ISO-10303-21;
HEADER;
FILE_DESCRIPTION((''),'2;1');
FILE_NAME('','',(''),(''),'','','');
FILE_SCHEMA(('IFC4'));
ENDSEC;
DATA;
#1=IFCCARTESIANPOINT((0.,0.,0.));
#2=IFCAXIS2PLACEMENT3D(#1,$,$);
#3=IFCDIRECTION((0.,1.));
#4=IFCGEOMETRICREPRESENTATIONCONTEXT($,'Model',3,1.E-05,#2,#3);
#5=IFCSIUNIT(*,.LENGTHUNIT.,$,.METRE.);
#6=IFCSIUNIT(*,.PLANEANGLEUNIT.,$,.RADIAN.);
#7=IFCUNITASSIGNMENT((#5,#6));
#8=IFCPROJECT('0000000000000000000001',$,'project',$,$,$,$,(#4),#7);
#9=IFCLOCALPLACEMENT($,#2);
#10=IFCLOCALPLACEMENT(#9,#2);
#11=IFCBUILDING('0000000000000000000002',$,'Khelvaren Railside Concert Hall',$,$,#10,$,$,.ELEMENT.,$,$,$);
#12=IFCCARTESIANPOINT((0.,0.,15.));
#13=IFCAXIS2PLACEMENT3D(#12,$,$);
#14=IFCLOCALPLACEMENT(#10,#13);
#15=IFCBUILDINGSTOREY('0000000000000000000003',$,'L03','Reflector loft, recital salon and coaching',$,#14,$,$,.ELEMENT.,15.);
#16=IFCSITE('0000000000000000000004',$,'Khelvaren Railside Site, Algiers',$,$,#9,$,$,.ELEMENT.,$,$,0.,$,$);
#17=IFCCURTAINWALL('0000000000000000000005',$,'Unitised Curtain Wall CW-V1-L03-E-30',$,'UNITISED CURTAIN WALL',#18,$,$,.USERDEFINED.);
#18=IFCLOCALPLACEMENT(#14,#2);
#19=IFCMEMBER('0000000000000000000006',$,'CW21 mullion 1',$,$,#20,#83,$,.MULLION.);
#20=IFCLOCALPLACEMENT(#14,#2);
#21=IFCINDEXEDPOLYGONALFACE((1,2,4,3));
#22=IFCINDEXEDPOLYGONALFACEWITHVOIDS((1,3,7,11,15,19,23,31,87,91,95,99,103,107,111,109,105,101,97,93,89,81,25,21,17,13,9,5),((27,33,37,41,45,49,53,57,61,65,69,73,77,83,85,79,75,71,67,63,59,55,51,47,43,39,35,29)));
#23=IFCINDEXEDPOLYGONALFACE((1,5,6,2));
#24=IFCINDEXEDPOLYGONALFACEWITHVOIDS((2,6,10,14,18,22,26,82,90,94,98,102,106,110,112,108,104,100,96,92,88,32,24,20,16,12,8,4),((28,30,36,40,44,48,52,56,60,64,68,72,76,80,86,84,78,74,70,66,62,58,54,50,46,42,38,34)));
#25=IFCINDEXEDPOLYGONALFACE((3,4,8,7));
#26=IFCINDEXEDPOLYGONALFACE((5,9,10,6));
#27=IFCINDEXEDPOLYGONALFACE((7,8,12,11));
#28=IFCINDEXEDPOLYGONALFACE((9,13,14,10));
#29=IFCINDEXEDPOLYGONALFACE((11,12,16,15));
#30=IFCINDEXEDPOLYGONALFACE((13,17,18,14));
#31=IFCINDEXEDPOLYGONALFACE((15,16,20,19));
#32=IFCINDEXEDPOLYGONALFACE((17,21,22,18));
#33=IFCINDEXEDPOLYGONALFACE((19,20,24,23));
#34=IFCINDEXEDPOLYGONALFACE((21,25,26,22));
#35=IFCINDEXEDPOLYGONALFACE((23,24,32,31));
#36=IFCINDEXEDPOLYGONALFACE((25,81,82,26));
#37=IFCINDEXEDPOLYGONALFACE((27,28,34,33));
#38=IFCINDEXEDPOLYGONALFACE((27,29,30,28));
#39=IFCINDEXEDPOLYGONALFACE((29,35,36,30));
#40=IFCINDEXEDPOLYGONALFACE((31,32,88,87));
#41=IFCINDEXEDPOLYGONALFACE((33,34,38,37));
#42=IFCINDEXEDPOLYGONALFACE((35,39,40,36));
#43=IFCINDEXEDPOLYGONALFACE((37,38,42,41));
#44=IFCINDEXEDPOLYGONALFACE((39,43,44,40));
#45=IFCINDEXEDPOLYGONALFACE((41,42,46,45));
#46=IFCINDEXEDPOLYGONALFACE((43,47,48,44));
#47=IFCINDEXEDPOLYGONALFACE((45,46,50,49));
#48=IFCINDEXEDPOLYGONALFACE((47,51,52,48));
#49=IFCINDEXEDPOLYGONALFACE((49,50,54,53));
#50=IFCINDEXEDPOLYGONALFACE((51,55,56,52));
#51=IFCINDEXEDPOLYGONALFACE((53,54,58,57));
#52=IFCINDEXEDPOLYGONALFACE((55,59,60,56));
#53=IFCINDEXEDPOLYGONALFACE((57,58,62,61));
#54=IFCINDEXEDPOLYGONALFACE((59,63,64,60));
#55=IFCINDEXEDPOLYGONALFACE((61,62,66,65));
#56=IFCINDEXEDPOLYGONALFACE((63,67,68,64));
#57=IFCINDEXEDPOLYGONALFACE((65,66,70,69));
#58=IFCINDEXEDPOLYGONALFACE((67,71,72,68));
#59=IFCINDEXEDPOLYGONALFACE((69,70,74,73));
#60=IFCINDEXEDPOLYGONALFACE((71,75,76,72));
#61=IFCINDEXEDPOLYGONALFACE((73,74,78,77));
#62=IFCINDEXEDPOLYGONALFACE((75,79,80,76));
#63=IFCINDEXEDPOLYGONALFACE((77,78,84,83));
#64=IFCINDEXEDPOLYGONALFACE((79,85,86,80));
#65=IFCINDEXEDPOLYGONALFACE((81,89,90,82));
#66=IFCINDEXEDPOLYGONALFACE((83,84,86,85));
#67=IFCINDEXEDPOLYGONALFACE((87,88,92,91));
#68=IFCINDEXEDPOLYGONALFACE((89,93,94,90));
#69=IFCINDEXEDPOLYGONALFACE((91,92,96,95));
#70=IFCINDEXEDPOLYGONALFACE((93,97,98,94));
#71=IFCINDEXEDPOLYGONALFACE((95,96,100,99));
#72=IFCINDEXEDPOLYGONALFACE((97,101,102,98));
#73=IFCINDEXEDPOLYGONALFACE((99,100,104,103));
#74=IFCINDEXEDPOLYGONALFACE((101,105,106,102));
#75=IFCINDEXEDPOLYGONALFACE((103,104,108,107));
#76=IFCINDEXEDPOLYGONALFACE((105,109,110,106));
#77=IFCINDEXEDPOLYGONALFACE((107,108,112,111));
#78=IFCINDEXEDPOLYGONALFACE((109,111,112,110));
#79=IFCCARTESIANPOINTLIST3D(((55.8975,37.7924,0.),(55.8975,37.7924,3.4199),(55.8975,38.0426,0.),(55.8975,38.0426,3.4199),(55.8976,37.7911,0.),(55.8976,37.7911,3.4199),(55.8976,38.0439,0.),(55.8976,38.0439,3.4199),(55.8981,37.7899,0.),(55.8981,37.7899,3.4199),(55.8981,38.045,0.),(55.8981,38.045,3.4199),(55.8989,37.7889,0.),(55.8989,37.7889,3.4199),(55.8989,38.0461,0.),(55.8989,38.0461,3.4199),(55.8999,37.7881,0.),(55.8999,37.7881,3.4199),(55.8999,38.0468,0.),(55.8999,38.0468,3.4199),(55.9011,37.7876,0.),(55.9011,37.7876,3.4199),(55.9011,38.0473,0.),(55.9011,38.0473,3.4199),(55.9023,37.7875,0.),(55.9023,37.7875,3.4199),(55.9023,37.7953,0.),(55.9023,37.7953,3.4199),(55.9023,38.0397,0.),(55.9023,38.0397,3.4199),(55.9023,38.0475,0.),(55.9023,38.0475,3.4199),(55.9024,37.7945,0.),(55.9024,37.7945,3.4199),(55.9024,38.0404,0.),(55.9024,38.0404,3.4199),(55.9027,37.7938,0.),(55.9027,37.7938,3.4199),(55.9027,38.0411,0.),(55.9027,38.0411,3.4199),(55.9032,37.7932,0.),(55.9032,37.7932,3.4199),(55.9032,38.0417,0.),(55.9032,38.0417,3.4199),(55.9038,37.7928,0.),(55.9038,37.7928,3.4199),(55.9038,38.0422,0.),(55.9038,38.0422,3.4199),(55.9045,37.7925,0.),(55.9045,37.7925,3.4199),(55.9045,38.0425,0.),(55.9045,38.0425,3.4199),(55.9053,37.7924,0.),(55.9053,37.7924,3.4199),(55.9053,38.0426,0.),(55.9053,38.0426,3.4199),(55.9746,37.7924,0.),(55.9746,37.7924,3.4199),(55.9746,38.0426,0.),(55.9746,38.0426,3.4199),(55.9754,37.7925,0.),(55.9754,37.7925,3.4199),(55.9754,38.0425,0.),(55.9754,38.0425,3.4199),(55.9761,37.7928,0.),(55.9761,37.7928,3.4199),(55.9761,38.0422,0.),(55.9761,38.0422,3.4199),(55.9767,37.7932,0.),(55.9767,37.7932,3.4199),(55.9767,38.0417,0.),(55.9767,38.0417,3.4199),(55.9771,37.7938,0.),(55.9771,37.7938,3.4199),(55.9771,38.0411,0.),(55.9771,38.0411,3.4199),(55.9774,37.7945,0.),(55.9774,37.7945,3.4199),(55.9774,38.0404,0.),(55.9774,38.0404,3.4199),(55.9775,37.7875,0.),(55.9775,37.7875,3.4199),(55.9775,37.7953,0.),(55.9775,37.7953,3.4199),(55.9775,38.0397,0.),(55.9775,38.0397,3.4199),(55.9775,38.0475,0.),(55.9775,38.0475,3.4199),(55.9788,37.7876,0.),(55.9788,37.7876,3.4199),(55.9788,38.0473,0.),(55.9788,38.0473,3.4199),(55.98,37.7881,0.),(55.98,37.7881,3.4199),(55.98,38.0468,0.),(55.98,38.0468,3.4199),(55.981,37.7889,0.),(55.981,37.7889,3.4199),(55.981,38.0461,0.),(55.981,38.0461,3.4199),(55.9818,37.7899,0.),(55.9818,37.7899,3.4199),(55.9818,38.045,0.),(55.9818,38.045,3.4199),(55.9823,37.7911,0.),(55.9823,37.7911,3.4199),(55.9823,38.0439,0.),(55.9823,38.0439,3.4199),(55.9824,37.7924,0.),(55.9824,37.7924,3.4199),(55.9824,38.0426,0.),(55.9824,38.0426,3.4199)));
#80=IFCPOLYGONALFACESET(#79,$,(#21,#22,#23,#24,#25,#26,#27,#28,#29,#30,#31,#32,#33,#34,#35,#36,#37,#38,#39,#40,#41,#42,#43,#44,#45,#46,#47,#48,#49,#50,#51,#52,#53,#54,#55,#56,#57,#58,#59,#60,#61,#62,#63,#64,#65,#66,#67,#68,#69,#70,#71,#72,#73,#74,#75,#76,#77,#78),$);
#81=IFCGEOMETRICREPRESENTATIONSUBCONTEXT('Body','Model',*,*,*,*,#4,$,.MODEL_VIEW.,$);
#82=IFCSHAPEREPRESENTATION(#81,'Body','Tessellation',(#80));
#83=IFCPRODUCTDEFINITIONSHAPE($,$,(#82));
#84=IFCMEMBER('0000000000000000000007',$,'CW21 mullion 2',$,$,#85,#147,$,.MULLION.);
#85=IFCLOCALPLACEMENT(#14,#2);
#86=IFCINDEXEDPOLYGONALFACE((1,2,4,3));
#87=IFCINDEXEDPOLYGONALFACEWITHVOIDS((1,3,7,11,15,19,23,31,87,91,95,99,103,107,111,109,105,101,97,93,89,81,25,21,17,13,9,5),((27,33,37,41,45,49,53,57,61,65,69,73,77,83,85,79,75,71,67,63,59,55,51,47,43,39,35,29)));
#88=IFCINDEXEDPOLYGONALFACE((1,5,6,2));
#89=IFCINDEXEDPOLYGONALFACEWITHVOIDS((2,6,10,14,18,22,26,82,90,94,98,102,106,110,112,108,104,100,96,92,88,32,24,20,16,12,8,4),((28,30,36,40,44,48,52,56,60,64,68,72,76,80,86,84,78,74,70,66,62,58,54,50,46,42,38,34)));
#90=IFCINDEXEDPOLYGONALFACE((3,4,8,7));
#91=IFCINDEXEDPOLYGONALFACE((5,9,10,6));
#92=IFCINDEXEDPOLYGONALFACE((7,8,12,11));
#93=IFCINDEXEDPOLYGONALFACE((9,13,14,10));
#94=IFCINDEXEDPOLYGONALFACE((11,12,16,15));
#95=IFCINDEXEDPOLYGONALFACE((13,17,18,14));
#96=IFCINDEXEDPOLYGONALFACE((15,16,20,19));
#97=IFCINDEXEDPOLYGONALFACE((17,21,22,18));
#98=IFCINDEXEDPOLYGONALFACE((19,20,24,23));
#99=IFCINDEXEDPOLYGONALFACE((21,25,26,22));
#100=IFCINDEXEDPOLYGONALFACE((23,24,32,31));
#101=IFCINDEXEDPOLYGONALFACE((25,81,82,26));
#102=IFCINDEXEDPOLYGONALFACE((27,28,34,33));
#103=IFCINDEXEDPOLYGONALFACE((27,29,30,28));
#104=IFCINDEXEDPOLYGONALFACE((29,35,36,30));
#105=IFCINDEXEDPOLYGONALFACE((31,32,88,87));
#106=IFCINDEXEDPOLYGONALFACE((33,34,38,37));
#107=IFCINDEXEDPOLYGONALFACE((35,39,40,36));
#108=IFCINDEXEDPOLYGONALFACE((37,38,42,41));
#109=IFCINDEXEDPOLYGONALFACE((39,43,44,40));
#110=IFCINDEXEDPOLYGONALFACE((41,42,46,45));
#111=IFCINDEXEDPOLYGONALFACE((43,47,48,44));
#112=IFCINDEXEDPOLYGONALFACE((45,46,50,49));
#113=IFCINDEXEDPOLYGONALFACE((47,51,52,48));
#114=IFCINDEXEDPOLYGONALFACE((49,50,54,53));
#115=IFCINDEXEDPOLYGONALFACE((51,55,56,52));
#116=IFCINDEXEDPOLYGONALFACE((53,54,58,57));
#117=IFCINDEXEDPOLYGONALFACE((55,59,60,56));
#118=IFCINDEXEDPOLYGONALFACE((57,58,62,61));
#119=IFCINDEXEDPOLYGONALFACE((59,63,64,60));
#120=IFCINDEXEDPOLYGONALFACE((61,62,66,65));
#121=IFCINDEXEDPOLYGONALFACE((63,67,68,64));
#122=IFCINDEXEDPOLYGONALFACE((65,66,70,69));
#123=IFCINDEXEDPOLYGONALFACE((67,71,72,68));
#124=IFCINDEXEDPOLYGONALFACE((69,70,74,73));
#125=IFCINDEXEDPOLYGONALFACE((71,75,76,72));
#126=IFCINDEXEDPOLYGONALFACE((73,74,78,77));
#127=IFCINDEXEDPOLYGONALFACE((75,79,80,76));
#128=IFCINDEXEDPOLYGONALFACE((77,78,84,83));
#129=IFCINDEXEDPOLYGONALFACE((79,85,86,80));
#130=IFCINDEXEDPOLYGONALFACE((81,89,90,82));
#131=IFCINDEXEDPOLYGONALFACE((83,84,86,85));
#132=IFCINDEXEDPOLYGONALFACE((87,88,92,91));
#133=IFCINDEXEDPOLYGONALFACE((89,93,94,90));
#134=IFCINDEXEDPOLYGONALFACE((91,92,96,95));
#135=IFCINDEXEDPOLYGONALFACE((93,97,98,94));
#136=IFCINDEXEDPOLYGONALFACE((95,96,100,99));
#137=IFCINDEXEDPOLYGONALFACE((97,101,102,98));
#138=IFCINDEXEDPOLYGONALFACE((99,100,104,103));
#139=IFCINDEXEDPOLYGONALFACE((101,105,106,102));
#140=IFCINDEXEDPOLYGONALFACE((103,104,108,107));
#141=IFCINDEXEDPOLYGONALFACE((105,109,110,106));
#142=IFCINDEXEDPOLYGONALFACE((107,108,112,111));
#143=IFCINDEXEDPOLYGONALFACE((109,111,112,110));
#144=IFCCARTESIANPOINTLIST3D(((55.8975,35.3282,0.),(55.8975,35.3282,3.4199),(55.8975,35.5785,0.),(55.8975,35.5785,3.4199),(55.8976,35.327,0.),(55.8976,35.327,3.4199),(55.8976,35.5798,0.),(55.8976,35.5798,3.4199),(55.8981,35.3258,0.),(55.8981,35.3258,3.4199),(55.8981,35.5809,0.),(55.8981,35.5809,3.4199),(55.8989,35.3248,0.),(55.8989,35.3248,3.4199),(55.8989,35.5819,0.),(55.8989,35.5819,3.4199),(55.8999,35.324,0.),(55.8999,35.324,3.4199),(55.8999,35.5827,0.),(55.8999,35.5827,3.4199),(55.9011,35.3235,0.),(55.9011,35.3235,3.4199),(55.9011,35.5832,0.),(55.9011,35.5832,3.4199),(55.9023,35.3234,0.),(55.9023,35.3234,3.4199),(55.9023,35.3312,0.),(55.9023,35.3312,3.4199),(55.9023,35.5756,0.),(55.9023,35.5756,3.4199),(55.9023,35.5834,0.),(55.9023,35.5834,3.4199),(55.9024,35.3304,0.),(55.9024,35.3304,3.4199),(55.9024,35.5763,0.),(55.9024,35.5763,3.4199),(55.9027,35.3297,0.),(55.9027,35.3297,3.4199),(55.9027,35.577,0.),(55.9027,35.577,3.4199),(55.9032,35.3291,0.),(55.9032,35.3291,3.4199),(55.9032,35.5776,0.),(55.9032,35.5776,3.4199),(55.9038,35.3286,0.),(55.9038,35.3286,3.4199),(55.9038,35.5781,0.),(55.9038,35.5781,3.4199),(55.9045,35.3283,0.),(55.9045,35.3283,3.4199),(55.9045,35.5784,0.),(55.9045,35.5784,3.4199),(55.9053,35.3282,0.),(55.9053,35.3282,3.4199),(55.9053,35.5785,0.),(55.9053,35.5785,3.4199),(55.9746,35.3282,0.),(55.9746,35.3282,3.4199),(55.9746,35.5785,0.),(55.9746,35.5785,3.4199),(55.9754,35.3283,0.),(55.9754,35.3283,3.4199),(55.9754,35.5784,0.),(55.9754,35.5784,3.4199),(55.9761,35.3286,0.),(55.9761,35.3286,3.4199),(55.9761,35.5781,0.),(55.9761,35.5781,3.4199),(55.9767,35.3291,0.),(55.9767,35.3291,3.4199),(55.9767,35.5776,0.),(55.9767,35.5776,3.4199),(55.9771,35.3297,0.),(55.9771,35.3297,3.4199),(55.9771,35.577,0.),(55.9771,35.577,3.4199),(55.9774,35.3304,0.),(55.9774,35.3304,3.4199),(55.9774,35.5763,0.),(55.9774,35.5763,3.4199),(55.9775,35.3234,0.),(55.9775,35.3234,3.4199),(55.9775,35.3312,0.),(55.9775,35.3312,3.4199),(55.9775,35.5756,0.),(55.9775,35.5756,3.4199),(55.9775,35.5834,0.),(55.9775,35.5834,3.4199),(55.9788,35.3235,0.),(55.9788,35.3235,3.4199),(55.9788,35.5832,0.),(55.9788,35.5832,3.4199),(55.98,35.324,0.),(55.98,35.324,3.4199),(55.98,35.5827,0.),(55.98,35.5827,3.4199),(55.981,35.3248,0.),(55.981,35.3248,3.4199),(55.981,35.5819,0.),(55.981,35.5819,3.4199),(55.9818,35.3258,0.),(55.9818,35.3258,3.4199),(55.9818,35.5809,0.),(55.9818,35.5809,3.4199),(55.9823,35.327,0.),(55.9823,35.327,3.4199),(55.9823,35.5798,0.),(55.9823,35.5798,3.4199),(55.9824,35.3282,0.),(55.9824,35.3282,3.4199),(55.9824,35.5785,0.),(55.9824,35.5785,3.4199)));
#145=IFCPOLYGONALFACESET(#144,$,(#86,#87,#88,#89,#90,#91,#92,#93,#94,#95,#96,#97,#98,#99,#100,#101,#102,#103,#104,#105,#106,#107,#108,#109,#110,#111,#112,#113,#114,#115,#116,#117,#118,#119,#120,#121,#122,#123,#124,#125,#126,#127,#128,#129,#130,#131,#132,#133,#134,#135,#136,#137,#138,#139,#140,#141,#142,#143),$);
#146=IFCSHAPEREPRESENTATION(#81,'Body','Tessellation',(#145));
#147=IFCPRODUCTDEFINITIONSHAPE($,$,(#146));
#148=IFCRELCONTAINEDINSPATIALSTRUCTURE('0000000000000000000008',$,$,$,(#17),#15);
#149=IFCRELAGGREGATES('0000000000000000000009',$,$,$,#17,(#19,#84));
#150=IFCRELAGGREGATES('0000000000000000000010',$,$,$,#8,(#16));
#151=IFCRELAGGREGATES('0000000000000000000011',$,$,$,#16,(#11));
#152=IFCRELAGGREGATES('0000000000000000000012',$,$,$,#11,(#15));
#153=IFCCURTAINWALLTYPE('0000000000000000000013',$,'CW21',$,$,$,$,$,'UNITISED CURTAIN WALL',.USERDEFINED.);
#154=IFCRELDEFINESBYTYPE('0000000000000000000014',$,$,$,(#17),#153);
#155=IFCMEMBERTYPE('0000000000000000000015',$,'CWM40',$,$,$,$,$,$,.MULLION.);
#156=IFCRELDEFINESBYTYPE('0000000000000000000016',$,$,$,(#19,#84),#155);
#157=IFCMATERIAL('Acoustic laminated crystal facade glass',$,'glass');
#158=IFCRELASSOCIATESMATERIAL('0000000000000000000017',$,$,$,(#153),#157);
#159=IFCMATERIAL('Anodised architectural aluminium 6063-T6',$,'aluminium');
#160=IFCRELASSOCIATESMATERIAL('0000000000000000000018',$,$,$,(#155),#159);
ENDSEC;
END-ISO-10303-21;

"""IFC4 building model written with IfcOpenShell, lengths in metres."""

from ifc_helpers import new_model, si_unit, direction, frame, origin, origin_2d, place, context, subcontext, project, spatial, hollow_rectangle, extrude, material, material_profile, profile_set, type_object, element, aggregate, save


model = new_model("IFC4")

# Units and contexts
model_context = context("Model", 3, precision=1e-05, world=origin(), true_north=direction((0.0, 1.0)))
body_context = subcontext(model_context, "Body", "Model", "MODEL_VIEW")
ifc_project = project(units=[si_unit("LENGTHUNIT", "METRE"), si_unit("PLANEANGLEUNIT", "RADIAN")], contexts=[model_context])

# Site, building, storey
site_placement = place(None, origin())
site = spatial("IfcSite", under=ifc_project, at=site_placement, Name="Khelvaren Railside Site, Algiers", CompositionType="ELEMENT", RefElevation=0.0)
building_placement = place(site_placement, origin())
building = spatial("IfcBuilding", under=site, at=building_placement, Name="Khelvaren Railside Concert Hall", CompositionType="ELEMENT")
storey_placement = place(building_placement, frame((0.0, 0.0, 15.0)))
storey = spatial("IfcBuildingStorey", under=building, at=storey_placement, Name="L03", Description="Reflector loft, recital salon and coaching", CompositionType="ELEMENT", Elevation=15.0)

# Curtain wall, members
ifc_material_1 = material(Name="Acoustic laminated crystal facade glass", Category="glass")
curtain_wall_type_1 = type_object("IfcCurtainWallType", Name="CW21", ElementType="UNITISED CURTAIN WALL", PredefinedType="USERDEFINED", material=ifc_material_1)
curtain_wall_1_placement = place(storey_placement, origin())
curtain_wall_1 = element("IfcCurtainWall", 1, at=curtain_wall_1_placement, inside=storey, type_object=curtain_wall_type_1, Name="Unitised Curtain Wall CW-V1-L03-E-30", ObjectType="UNITISED CURTAIN WALL", PredefinedType="USERDEFINED")
ifc_material_2 = material(Name="Anodised architectural aluminium 6063-T6", Category="aluminium")
ifc_material_profile_1 = material_profile(ifc_material_2, hollow_rectangle(XDim=0.085, YDim=0.26, WallThickness=0.0049, InnerFilletRadius=0.0029, OuterFilletRadius=0.0049, at=origin_2d()), Name="CWM 85x260x5")
ifc_profile_set_1 = profile_set([ifc_material_profile_1], Name="Anodised architectural aluminium 6063-T6")
member_type_1 = type_object("IfcMemberType", Name="CWM40", PredefinedType="MULLION", material=ifc_profile_set_1)
member_1_placement = place(storey_placement, frame((55.9399, 37.9175, 0.0), z_axis=(0.0, 0.0, 1.0), x_axis=(1.0, 0.0, 0.0)))
member_1 = element("IfcMember", 2, at=member_1_placement, type_object=member_type_1, Name="CW21 mullion 1", PredefinedType="MULLION", context=body_context, shape_type="SweptSolid", body=[
    extrude(hollow_rectangle(XDim=0.085, YDim=0.26, WallThickness=0.0049, InnerFilletRadius=0.0029, OuterFilletRadius=0.0049, at=origin_2d()), origin(), (0.0, 0.0, 1.0), 3.4199),
])
member_2_placement = place(storey_placement, frame((55.9399, 35.4534, 0.0), z_axis=(0.0, 0.0, 1.0), x_axis=(1.0, 0.0, 0.0)))
member_2 = element("IfcMember", 3, at=member_2_placement, type_object=member_type_1, Name="CW21 mullion 2", PredefinedType="MULLION", context=body_context, shape_type="SweptSolid", body=[
    extrude(hollow_rectangle(XDim=0.085, YDim=0.26, WallThickness=0.0049, InnerFilletRadius=0.0029, OuterFilletRadius=0.0049, at=origin_2d()), origin(), (0.0, 0.0, 1.0), 3.4199),
])

aggregate(curtain_wall_1, [member_1, member_2])

save(model, "model.ifc")
